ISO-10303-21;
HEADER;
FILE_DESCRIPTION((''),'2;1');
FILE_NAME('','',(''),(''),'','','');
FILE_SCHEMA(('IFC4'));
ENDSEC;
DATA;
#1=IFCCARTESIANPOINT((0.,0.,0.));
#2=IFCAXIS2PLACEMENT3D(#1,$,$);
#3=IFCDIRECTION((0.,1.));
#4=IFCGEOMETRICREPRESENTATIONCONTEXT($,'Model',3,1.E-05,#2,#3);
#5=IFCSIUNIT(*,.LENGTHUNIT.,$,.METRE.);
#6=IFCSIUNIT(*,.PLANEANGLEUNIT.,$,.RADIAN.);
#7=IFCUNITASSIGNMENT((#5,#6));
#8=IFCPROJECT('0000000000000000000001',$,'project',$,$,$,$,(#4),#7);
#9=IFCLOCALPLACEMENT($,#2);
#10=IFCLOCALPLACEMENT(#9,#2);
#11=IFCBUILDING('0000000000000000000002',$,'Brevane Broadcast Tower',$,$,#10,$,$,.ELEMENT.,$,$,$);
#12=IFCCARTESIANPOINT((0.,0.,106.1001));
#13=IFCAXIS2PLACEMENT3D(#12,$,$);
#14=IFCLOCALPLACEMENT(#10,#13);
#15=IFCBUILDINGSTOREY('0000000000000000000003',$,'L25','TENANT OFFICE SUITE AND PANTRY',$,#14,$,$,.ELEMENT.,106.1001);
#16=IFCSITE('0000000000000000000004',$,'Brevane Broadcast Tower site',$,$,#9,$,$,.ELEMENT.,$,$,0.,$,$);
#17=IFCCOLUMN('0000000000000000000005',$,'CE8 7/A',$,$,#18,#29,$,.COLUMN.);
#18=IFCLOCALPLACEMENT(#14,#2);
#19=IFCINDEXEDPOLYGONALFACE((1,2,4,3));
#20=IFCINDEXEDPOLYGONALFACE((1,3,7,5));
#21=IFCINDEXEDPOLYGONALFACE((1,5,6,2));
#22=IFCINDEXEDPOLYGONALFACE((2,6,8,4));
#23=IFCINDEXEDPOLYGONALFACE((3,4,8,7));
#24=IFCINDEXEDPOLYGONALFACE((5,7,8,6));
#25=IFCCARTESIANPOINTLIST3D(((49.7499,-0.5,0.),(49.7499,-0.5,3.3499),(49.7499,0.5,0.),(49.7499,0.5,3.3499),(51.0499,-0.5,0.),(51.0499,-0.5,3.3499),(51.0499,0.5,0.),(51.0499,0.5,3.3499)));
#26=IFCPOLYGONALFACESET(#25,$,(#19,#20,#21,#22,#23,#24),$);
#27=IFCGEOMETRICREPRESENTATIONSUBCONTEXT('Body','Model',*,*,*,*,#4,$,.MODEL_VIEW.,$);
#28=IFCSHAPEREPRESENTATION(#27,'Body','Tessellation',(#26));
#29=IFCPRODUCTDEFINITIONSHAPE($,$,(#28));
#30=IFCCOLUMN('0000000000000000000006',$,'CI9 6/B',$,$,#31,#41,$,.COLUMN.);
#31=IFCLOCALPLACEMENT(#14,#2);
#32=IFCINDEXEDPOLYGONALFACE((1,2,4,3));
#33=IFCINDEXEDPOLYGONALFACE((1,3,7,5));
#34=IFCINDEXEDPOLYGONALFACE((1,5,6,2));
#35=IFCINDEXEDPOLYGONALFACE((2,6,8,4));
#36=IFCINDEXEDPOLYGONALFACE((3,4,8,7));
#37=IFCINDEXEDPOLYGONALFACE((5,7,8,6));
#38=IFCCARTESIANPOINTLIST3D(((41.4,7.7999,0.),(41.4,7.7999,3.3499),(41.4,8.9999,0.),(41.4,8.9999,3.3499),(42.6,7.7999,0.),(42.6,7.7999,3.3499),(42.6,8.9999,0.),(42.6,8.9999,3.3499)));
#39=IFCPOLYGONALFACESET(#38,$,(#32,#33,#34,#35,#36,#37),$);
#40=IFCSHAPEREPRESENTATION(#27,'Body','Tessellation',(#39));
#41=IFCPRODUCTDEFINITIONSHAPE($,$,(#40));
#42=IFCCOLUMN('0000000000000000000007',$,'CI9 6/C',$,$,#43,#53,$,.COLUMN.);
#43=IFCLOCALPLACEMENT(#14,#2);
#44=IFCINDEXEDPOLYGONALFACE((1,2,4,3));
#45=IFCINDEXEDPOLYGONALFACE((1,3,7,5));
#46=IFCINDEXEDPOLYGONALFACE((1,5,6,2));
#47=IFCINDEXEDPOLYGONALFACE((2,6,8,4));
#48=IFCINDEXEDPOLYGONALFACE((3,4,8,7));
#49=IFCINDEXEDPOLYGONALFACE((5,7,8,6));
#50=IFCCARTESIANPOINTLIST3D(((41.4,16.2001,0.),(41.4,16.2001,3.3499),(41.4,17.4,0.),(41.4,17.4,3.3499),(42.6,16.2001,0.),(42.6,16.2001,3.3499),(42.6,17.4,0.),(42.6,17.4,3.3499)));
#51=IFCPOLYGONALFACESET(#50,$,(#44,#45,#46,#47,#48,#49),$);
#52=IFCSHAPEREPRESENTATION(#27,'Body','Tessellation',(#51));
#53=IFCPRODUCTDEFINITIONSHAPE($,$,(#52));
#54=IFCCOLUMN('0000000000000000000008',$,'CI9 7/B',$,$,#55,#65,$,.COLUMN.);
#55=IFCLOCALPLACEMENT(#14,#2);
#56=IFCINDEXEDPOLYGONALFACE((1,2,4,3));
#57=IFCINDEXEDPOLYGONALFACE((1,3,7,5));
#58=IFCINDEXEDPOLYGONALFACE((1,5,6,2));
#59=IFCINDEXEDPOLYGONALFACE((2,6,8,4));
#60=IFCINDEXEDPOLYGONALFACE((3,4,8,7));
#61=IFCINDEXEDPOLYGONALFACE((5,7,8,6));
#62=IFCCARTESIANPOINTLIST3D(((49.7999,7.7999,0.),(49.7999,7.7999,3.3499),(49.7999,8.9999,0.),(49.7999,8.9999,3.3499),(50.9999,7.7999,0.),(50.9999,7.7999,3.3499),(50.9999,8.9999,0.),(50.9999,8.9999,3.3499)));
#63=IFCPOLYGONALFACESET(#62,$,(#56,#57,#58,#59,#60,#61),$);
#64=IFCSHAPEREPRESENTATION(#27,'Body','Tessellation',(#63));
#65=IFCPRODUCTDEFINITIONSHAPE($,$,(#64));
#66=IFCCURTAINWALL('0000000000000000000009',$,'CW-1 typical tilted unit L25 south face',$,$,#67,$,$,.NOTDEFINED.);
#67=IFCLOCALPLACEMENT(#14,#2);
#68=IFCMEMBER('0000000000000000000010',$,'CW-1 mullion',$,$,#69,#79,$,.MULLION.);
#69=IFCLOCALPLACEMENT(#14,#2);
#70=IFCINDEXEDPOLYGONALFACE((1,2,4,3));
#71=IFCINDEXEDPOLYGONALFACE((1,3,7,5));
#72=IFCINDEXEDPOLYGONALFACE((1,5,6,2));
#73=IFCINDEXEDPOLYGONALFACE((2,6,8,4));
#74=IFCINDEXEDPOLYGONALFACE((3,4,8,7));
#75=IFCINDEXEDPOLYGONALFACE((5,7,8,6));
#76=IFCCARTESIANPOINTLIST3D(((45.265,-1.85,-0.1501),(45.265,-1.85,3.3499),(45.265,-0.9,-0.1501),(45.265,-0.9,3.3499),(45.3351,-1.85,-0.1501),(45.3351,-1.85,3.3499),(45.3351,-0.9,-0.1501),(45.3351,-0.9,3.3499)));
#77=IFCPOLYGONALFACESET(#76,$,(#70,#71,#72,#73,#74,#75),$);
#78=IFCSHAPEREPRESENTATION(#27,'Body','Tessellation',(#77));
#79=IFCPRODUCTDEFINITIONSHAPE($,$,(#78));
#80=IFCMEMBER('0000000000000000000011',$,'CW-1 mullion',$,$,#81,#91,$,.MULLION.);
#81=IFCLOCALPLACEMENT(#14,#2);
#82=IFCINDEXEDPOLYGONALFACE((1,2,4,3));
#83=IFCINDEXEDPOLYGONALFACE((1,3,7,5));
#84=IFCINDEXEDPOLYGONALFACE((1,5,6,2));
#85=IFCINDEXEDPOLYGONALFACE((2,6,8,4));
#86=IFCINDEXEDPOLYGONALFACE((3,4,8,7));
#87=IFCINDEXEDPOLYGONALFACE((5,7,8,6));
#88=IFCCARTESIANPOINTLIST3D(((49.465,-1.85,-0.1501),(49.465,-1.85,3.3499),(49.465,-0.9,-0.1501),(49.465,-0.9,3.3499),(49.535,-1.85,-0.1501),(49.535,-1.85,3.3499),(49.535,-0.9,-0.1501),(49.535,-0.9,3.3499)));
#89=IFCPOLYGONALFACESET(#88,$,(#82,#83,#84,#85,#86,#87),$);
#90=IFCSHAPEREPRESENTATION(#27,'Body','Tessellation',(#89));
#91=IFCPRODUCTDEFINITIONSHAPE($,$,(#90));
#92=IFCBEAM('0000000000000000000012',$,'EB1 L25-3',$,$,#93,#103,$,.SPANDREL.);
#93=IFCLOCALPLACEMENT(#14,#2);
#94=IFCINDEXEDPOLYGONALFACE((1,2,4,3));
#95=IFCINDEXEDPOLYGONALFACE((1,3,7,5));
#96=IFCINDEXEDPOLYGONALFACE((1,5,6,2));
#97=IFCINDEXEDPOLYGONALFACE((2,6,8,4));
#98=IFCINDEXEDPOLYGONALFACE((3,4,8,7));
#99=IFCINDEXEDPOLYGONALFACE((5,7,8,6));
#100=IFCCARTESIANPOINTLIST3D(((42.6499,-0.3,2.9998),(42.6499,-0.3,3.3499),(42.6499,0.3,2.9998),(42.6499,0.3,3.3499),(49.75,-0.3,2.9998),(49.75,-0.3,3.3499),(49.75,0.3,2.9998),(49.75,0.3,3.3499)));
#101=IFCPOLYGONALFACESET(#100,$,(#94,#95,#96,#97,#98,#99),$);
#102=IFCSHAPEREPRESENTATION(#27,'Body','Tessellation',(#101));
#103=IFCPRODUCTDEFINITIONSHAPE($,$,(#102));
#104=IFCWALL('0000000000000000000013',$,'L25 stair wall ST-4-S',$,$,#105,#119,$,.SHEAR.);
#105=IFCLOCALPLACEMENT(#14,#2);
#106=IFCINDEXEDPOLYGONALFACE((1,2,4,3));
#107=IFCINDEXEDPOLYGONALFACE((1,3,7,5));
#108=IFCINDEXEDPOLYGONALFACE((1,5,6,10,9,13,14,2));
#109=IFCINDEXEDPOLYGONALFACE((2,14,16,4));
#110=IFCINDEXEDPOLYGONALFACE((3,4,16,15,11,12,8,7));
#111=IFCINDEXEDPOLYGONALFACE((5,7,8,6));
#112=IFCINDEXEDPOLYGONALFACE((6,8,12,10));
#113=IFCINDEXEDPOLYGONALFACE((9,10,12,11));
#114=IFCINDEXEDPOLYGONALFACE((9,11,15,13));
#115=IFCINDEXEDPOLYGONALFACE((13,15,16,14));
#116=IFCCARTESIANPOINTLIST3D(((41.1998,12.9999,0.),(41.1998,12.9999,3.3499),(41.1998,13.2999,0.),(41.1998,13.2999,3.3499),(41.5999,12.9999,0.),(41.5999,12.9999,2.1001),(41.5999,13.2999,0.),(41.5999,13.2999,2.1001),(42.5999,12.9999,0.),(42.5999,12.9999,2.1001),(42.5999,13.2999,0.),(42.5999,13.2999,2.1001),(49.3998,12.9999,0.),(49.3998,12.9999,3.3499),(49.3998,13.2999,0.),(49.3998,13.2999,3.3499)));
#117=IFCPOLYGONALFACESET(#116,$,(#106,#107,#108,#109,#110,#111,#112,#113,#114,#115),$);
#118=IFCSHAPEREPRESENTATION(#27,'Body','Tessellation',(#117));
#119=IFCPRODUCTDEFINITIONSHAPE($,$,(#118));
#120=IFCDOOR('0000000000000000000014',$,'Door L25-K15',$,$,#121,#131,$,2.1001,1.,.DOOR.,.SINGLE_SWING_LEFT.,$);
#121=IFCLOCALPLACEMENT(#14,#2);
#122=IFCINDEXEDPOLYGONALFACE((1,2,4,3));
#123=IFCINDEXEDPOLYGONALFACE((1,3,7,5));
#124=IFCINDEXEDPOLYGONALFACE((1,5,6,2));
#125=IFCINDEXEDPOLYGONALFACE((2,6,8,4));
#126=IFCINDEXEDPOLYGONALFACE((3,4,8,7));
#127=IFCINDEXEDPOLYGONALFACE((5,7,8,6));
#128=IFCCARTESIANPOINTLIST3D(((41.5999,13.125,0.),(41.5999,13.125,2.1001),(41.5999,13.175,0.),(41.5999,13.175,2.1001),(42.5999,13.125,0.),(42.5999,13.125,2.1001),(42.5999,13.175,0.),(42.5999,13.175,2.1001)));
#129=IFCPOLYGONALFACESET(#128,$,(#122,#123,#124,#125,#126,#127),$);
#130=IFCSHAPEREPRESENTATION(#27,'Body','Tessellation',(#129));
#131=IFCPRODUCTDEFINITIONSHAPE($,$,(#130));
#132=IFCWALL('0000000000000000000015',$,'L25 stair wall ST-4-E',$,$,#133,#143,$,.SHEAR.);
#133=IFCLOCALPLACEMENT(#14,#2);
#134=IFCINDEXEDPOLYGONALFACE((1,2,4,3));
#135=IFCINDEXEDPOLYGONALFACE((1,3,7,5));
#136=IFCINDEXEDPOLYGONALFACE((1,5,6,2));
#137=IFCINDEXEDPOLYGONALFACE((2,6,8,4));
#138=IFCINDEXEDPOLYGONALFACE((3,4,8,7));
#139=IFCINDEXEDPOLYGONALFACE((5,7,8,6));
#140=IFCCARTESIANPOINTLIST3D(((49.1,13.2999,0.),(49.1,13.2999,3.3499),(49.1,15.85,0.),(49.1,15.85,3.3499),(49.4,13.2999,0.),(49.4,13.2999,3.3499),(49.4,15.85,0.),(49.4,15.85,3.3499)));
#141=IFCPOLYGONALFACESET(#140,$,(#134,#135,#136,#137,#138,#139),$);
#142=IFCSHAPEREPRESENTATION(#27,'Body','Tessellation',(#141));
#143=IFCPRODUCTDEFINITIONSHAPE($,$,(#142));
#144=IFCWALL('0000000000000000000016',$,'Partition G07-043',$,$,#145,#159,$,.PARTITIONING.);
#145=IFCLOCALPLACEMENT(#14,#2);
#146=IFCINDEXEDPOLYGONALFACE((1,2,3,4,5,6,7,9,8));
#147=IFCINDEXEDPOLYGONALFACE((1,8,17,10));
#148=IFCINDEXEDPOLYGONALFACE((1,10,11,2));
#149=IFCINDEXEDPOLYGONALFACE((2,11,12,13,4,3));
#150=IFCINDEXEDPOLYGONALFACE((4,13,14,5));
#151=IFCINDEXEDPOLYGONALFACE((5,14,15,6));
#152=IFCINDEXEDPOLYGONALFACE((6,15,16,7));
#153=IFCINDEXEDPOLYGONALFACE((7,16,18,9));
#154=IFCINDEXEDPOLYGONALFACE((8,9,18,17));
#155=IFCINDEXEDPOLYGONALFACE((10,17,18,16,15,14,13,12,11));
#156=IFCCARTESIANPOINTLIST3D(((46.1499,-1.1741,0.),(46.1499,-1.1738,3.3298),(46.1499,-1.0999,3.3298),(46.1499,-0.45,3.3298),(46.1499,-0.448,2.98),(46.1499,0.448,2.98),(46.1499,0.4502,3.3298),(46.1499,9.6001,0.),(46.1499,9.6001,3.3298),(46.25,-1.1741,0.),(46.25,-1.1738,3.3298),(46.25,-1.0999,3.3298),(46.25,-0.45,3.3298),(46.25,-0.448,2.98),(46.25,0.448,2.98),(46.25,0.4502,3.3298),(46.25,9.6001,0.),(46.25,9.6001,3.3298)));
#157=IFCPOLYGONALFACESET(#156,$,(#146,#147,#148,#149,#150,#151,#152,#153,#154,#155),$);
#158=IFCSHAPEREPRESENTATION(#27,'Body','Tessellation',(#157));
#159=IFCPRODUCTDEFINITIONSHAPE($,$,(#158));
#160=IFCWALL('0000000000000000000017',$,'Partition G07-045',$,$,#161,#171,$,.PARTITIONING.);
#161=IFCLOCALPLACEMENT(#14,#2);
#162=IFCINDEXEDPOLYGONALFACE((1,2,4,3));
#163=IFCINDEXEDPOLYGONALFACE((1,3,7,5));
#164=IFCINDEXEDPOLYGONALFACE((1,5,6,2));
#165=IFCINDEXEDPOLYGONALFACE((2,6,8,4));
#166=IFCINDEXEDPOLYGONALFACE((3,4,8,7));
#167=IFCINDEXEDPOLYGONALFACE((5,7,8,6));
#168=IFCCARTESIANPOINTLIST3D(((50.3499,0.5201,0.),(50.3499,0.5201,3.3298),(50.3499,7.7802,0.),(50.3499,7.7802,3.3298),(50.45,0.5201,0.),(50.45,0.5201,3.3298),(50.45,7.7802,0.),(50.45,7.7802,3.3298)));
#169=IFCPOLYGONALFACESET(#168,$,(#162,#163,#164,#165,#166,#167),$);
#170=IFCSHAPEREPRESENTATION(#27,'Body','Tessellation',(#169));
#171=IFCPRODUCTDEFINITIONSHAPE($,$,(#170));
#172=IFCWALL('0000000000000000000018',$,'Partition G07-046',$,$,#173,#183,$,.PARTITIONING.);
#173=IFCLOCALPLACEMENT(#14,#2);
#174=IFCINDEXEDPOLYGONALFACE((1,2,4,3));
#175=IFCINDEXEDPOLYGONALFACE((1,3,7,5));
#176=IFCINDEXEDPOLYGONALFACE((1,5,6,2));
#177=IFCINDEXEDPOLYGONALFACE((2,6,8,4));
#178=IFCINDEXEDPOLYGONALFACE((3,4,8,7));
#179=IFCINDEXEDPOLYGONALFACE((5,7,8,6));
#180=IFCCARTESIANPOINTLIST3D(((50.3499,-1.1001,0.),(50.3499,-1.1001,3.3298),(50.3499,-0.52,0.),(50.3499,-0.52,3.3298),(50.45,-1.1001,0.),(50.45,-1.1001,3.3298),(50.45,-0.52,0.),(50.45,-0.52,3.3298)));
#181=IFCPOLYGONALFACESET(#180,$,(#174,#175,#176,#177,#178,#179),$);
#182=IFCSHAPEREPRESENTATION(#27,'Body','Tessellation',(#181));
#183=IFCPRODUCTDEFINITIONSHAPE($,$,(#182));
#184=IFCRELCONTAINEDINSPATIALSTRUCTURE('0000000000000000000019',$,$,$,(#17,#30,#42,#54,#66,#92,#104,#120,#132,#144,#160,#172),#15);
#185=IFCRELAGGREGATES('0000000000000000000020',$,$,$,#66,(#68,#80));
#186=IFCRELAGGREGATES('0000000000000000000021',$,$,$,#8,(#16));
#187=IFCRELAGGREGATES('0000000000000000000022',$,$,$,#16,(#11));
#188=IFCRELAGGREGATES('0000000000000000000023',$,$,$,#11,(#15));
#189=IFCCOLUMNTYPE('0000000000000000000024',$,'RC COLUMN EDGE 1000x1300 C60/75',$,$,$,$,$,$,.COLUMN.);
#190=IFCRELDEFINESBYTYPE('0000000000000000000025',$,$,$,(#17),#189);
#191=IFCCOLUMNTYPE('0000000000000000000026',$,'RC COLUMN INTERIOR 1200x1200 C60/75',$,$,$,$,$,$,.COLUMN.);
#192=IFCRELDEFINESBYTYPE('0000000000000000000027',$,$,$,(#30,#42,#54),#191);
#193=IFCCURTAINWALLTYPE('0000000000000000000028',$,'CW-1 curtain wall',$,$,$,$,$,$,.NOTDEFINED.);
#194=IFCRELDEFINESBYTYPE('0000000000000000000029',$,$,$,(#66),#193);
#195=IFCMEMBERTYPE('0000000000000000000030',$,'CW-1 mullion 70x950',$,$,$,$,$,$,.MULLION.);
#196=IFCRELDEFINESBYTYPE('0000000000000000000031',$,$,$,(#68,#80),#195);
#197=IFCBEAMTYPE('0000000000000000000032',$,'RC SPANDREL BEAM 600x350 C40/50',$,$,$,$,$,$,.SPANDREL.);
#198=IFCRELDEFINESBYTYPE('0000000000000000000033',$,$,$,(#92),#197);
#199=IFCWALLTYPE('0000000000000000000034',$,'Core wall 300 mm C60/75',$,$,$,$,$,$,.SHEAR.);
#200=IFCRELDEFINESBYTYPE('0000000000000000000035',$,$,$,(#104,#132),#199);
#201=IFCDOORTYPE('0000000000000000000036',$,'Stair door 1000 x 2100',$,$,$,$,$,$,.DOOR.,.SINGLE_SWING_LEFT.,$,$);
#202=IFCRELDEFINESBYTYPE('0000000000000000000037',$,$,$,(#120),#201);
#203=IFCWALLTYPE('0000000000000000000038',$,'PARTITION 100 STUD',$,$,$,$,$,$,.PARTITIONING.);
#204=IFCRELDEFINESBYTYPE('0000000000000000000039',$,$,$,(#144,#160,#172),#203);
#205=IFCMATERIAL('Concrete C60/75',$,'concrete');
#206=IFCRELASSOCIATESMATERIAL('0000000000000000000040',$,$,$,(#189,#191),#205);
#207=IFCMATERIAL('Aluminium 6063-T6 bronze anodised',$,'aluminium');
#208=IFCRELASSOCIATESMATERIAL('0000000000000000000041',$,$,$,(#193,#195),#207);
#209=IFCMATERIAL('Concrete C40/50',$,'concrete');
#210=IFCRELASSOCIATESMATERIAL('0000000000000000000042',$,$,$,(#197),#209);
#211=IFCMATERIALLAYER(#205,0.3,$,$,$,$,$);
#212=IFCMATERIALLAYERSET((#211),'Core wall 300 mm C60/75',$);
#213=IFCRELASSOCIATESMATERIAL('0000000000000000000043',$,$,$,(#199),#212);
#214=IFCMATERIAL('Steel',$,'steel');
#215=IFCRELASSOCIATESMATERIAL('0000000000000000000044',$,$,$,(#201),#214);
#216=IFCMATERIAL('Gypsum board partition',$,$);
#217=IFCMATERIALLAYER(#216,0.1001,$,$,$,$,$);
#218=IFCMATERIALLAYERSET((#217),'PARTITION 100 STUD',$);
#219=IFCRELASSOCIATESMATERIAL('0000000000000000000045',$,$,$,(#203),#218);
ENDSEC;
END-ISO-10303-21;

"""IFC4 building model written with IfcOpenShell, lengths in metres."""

from ifc_helpers import new_model, si_unit, direction, frame, frame_2d, origin, origin_2d, place, context, subcontext, project, spatial, polyline, rectangle, outline, extrude, material, layer, layer_set, material_profile, profile_set, type_object, element, fill, aggregate, save


model = new_model("IFC4")

# Units and contexts
model_context = context("Model", 3, precision=1e-05, world=origin(), true_north=direction((0.0, 1.0)))
body_context = subcontext(model_context, "Body", "Model", "MODEL_VIEW")
ifc_project = project(units=[si_unit("LENGTHUNIT", "METRE"), si_unit("PLANEANGLEUNIT", "RADIAN")], contexts=[model_context])

# Site, building, storey
site_placement = place(None, origin())
site = spatial("IfcSite", under=ifc_project, at=site_placement, Name="Brevane Broadcast Tower site", CompositionType="ELEMENT", RefElevation=0.0)
building_placement = place(site_placement, origin())
building = spatial("IfcBuilding", under=site, at=building_placement, Name="Brevane Broadcast Tower", CompositionType="ELEMENT")
storey_placement = place(building_placement, frame((0.0, 0.0, 106.1001)))
storey = spatial("IfcBuildingStorey", under=building, at=storey_placement, Name="L25", Description="TENANT OFFICE SUITE AND PANTRY", CompositionType="ELEMENT", Elevation=106.1001)

# Columns
ifc_material_1 = material(Name="Concrete C60/75", Category="concrete")
ifc_material_profile_1 = material_profile(ifc_material_1, rectangle(XDim=1.0, YDim=1.3, at=origin_2d()), Name="RC 1000x1300")
ifc_profile_set_1 = profile_set([ifc_material_profile_1], Name="Concrete C60/75")
column_type_1 = type_object("IfcColumnType", Name="RC COLUMN EDGE 1000x1300 C60/75", PredefinedType="COLUMN", material=ifc_profile_set_1)
column_placement = place(storey_placement, frame((50.3999, 0.0, 0.0), z_axis=(0.0, 0.0, 1.0), x_axis=(0.0, 1.0, 0.0)))
element("IfcColumn", 1, at=column_placement, inside=storey, type_object=column_type_1, Name="CE8 7/A", PredefinedType="COLUMN", context=body_context, shape_type="SweptSolid", body=[
    extrude(rectangle(XDim=1.0, YDim=1.3, at=origin_2d()), origin(), (0.0, 0.0, 1.0), 3.3499),
])
ifc_material_profile_2 = material_profile(ifc_material_1, rectangle(XDim=1.2, YDim=1.2, at=origin_2d()), Name="RC 1200x1200")
ifc_profile_set_2 = profile_set([ifc_material_profile_2], Name="Concrete C60/75")
column_type_2 = type_object("IfcColumnType", Name="RC COLUMN INTERIOR 1200x1200 C60/75", PredefinedType="COLUMN", material=ifc_profile_set_2)
for number, where, z_axis, x_axis, name in (
    (2, (42.0, 8.3999, 0.0), (0.0, 0.0, 1.0), (1.0, 0.0, 0.0), "CI9 6/B"),
    (3, (42.0, 16.8, 0.0), (0.0, 0.0, 1.0), (1.0, 0.0, 0.0), "CI9 6/C"),
    (4, (50.3999, 8.3999, 0.0), (0.0, 0.0, 1.0), (1.0, 0.0, 0.0), "CI9 7/B"),
):
    element("IfcColumn", number, at=place(storey_placement, frame(where, z_axis=z_axis, x_axis=x_axis)), inside=storey, type_object=column_type_2, Name=name, PredefinedType="COLUMN", context=body_context, shape_type="SweptSolid", body=[
        extrude(rectangle(XDim=1.2, YDim=1.2, at=origin_2d()), origin(), (0.0, 0.0, 1.0), 3.3499),
    ])

# Curtain wall, members
ifc_material_2 = material(Name="Aluminium 6063-T6 bronze anodised", Category="aluminium")
curtain_wall_type = type_object("IfcCurtainWallType", Name="CW-1 curtain wall", PredefinedType="NOTDEFINED", material=ifc_material_2)
curtain_wall_placement = place(storey_placement, origin())
curtain_wall = element("IfcCurtainWall", 5, at=curtain_wall_placement, inside=storey, type_object=curtain_wall_type, Name="CW-1 typical tilted unit L25 south face", PredefinedType="NOTDEFINED")
ifc_material_profile_3 = material_profile(ifc_material_2, rectangle(XDim=0.95, YDim=0.0701, at=origin_2d()), Name="RECT 70x950")
ifc_profile_set_3 = profile_set([ifc_material_profile_3], Name="Aluminium 6063-T6 bronze anodised")
member_type = type_object("IfcMemberType", Name="CW-1 mullion 70x950", PredefinedType="MULLION", material=ifc_profile_set_3)
member_1_placement = place(storey_placement, frame((45.3, -1.375, -0.1501), z_axis=(0.0, 0.0, 1.0), x_axis=(0.0, 1.0, 0.0)))
member_1 = element("IfcMember", 6, at=member_1_placement, type_object=member_type, Name="CW-1 mullion", PredefinedType="MULLION", context=body_context, shape_type="SweptSolid", body=[
    extrude(rectangle(XDim=0.95, YDim=0.0701, at=origin_2d()), origin(), (0.0, 0.0, 1.0), 3.5),
])
member_2_placement = place(storey_placement, frame((49.5, -1.375, -0.1501), z_axis=(0.0, 0.0, 1.0), x_axis=(0.0, 1.0, 0.0)))
member_2 = element("IfcMember", 7, at=member_2_placement, type_object=member_type, Name="CW-1 mullion", PredefinedType="MULLION", context=body_context, shape_type="SweptSolid", body=[
    extrude(rectangle(XDim=0.95, YDim=0.0701, at=origin_2d()), origin(), (0.0, 0.0, 1.0), 3.5),
])
aggregate(curtain_wall, [member_1, member_2])

# Beam
ifc_material_3 = material(Name="Concrete C40/50", Category="concrete")
ifc_material_profile_4 = material_profile(ifc_material_3, rectangle(XDim=0.6001, YDim=0.3501, at=origin_2d()), Name="RC 600x350")
ifc_profile_set_4 = profile_set([ifc_material_profile_4], Name="Concrete C40/50")
beam_type = type_object("IfcBeamType", Name="RC SPANDREL BEAM 600x350 C40/50", PredefinedType="SPANDREL", material=ifc_profile_set_4)
beam_placement = place(storey_placement, frame((42.6499, 0.0, 3.1748), z_axis=(1.0, 0.0, 0.0), x_axis=(0.0, 1.0, 0.0)))
element("IfcBeam", 8, at=beam_placement, inside=storey, type_object=beam_type, Name="EB1 L25-3", PredefinedType="SPANDREL", context=body_context, shape_type="SweptSolid", body=[
    extrude(rectangle(XDim=0.6001, YDim=0.3501, at=origin_2d()), origin(), (0.0, 0.0, 1.0), 7.1001),
])

# Wall, opening, door
ifc_layer_1 = layer(ifc_material_1, 0.3)
ifc_layer_set_1 = layer_set([ifc_layer_1], Name="Core wall 300 mm C60/75")
wall_type_1 = type_object("IfcWallType", Name="Core wall 300 mm C60/75", PredefinedType="SHEAR", material=ifc_layer_set_1)
wall_1_placement = place(storey_placement, frame((49.3999, 13.1499, 0.0), z_axis=(0.0, 0.0, 1.0), x_axis=(-1.0, 0.0, 0.0)))
wall_1 = element("IfcWall", 9, at=wall_1_placement, inside=storey, type_object=wall_type_1, Name="L25 stair wall ST-4-S", PredefinedType="SHEAR", context=body_context, shape_type="SweptSolid", body=[
    extrude(rectangle(XDim=8.2, YDim=0.3, at=frame_2d((4.1001, 0.0))), origin(), (0.0, 0.0, 1.0), 3.3499),
])
opening_1_placement = place(wall_1_placement, frame((6.8, 0.0, 0.0)))
opening_1 = element("IfcOpeningElement", 10, at=opening_1_placement, cuts=wall_1, PredefinedType="OPENING", context=body_context, shape_type="SweptSolid", body=[
    extrude(rectangle(XDim=1.0, YDim=2.1001, at=frame_2d((0.5, 1.05))), frame((0.0, 0.1599, 0.0), z_axis=(0.0, -1.0, 0.0), x_axis=(1.0, 0.0, 0.0)), (0.0, 0.0, 1.0), 0.3201),
])
ifc_material_4 = material(Name="Steel", Category="steel")
door_type_1 = type_object("IfcDoorType", Name="Stair door 1000 x 2100", OperationType="SINGLE_SWING_LEFT", PredefinedType="DOOR", material=ifc_material_4)
door_1_placement = place(opening_1_placement, origin())
door_1 = element("IfcDoor", 11, at=door_1_placement, inside=storey, type_object=door_type_1, Name="Door L25-K15", OperationType="SINGLE_SWING_LEFT", OverallHeight=2.1001, OverallWidth=1.0, PredefinedType="DOOR", context=body_context, shape_type="SweptSolid", body=[
    extrude(rectangle(XDim=1.0, YDim=2.1001, at=frame_2d((0.5, 1.05))), frame((0.0, 0.0249, 0.0), z_axis=(0.0, -1.0, 0.0), x_axis=(1.0, 0.0, 0.0)), (0.0, 0.0, 1.0), 0.05),
])
fill(opening_1, door_1)

# Walls
wall_2_placement = place(storey_placement, frame((49.25, 13.3, 0.0), z_axis=(0.0, 0.0, 1.0), x_axis=(0.0, 1.0, 0.0)))
element("IfcWall", 12, at=wall_2_placement, inside=storey, type_object=wall_type_1, Name="L25 stair wall ST-4-E", PredefinedType="SHEAR", context=body_context, shape_type="SweptSolid", body=[
    extrude(rectangle(XDim=2.55, YDim=0.3, at=frame_2d((1.2749, 0.0))), origin(), (0.0, 0.0, 1.0), 3.3499),
])
ifc_material_5 = material(Name="Gypsum board partition")
ifc_layer_2 = layer(ifc_material_5, 0.1001)
ifc_layer_set_2 = layer_set([ifc_layer_2], Name="PARTITION 100 STUD")
wall_type_2 = type_object("IfcWallType", Name="PARTITION 100 STUD", PredefinedType="PARTITIONING", material=ifc_layer_set_2)
wall_3_placement = place(storey_placement, frame((46.2, 9.6001, 0.0), z_axis=(0.0, 0.0, 1.0), x_axis=(0.0, -1.0, 0.0)))
element("IfcWall", 13, at=wall_3_placement, inside=storey, type_object=wall_type_2, Name="Partition G07-043", PredefinedType="PARTITIONING", context=body_context, shape_type="SweptSolid", body=[
    extrude(outline(polyline([(0.0, 0.0), (10.7742, 0.0), (10.7739, 3.3298), (10.7, 3.3298), (10.05, 3.3298), (10.0481, 2.98), (9.1521, 2.98), (9.1499, 3.3298), (0.0, 3.3298), (0.0, 0.0)])), frame((0.0, 0.05, 0.0), z_axis=(0.0, -1.0, 0.0), x_axis=(1.0, 0.0, 0.0)), (0.0, 0.0, 1.0), 0.1001),
])
wall_4_placement = place(storey_placement, frame((50.3999, 7.78, 0.0), z_axis=(0.0, 0.0, 1.0), x_axis=(0.0, -1.0, 0.0)))
element("IfcWall", 14, at=wall_4_placement, inside=storey, type_object=wall_type_2, Name="Partition G07-045", PredefinedType="PARTITIONING", context=body_context, shape_type="SweptSolid", body=[
    extrude(rectangle(XDim=7.26, YDim=0.1001, at=frame_2d((3.6299, 0.0))), origin(), (0.0, 0.0, 1.0), 3.3298),
])
wall_5_placement = place(storey_placement, frame((50.3999, -0.52, 0.0), z_axis=(0.0, 0.0, 1.0), x_axis=(0.0, -1.0, 0.0)))
element("IfcWall", 15, at=wall_5_placement, inside=storey, type_object=wall_type_2, Name="Partition G07-046", PredefinedType="PARTITIONING", context=body_context, shape_type="SweptSolid", body=[
    extrude(rectangle(XDim=0.5801, YDim=0.1001, at=frame_2d((0.29, 0.0))), origin(), (0.0, 0.0, 1.0), 3.3298),
])

save(model, "model.ifc")
